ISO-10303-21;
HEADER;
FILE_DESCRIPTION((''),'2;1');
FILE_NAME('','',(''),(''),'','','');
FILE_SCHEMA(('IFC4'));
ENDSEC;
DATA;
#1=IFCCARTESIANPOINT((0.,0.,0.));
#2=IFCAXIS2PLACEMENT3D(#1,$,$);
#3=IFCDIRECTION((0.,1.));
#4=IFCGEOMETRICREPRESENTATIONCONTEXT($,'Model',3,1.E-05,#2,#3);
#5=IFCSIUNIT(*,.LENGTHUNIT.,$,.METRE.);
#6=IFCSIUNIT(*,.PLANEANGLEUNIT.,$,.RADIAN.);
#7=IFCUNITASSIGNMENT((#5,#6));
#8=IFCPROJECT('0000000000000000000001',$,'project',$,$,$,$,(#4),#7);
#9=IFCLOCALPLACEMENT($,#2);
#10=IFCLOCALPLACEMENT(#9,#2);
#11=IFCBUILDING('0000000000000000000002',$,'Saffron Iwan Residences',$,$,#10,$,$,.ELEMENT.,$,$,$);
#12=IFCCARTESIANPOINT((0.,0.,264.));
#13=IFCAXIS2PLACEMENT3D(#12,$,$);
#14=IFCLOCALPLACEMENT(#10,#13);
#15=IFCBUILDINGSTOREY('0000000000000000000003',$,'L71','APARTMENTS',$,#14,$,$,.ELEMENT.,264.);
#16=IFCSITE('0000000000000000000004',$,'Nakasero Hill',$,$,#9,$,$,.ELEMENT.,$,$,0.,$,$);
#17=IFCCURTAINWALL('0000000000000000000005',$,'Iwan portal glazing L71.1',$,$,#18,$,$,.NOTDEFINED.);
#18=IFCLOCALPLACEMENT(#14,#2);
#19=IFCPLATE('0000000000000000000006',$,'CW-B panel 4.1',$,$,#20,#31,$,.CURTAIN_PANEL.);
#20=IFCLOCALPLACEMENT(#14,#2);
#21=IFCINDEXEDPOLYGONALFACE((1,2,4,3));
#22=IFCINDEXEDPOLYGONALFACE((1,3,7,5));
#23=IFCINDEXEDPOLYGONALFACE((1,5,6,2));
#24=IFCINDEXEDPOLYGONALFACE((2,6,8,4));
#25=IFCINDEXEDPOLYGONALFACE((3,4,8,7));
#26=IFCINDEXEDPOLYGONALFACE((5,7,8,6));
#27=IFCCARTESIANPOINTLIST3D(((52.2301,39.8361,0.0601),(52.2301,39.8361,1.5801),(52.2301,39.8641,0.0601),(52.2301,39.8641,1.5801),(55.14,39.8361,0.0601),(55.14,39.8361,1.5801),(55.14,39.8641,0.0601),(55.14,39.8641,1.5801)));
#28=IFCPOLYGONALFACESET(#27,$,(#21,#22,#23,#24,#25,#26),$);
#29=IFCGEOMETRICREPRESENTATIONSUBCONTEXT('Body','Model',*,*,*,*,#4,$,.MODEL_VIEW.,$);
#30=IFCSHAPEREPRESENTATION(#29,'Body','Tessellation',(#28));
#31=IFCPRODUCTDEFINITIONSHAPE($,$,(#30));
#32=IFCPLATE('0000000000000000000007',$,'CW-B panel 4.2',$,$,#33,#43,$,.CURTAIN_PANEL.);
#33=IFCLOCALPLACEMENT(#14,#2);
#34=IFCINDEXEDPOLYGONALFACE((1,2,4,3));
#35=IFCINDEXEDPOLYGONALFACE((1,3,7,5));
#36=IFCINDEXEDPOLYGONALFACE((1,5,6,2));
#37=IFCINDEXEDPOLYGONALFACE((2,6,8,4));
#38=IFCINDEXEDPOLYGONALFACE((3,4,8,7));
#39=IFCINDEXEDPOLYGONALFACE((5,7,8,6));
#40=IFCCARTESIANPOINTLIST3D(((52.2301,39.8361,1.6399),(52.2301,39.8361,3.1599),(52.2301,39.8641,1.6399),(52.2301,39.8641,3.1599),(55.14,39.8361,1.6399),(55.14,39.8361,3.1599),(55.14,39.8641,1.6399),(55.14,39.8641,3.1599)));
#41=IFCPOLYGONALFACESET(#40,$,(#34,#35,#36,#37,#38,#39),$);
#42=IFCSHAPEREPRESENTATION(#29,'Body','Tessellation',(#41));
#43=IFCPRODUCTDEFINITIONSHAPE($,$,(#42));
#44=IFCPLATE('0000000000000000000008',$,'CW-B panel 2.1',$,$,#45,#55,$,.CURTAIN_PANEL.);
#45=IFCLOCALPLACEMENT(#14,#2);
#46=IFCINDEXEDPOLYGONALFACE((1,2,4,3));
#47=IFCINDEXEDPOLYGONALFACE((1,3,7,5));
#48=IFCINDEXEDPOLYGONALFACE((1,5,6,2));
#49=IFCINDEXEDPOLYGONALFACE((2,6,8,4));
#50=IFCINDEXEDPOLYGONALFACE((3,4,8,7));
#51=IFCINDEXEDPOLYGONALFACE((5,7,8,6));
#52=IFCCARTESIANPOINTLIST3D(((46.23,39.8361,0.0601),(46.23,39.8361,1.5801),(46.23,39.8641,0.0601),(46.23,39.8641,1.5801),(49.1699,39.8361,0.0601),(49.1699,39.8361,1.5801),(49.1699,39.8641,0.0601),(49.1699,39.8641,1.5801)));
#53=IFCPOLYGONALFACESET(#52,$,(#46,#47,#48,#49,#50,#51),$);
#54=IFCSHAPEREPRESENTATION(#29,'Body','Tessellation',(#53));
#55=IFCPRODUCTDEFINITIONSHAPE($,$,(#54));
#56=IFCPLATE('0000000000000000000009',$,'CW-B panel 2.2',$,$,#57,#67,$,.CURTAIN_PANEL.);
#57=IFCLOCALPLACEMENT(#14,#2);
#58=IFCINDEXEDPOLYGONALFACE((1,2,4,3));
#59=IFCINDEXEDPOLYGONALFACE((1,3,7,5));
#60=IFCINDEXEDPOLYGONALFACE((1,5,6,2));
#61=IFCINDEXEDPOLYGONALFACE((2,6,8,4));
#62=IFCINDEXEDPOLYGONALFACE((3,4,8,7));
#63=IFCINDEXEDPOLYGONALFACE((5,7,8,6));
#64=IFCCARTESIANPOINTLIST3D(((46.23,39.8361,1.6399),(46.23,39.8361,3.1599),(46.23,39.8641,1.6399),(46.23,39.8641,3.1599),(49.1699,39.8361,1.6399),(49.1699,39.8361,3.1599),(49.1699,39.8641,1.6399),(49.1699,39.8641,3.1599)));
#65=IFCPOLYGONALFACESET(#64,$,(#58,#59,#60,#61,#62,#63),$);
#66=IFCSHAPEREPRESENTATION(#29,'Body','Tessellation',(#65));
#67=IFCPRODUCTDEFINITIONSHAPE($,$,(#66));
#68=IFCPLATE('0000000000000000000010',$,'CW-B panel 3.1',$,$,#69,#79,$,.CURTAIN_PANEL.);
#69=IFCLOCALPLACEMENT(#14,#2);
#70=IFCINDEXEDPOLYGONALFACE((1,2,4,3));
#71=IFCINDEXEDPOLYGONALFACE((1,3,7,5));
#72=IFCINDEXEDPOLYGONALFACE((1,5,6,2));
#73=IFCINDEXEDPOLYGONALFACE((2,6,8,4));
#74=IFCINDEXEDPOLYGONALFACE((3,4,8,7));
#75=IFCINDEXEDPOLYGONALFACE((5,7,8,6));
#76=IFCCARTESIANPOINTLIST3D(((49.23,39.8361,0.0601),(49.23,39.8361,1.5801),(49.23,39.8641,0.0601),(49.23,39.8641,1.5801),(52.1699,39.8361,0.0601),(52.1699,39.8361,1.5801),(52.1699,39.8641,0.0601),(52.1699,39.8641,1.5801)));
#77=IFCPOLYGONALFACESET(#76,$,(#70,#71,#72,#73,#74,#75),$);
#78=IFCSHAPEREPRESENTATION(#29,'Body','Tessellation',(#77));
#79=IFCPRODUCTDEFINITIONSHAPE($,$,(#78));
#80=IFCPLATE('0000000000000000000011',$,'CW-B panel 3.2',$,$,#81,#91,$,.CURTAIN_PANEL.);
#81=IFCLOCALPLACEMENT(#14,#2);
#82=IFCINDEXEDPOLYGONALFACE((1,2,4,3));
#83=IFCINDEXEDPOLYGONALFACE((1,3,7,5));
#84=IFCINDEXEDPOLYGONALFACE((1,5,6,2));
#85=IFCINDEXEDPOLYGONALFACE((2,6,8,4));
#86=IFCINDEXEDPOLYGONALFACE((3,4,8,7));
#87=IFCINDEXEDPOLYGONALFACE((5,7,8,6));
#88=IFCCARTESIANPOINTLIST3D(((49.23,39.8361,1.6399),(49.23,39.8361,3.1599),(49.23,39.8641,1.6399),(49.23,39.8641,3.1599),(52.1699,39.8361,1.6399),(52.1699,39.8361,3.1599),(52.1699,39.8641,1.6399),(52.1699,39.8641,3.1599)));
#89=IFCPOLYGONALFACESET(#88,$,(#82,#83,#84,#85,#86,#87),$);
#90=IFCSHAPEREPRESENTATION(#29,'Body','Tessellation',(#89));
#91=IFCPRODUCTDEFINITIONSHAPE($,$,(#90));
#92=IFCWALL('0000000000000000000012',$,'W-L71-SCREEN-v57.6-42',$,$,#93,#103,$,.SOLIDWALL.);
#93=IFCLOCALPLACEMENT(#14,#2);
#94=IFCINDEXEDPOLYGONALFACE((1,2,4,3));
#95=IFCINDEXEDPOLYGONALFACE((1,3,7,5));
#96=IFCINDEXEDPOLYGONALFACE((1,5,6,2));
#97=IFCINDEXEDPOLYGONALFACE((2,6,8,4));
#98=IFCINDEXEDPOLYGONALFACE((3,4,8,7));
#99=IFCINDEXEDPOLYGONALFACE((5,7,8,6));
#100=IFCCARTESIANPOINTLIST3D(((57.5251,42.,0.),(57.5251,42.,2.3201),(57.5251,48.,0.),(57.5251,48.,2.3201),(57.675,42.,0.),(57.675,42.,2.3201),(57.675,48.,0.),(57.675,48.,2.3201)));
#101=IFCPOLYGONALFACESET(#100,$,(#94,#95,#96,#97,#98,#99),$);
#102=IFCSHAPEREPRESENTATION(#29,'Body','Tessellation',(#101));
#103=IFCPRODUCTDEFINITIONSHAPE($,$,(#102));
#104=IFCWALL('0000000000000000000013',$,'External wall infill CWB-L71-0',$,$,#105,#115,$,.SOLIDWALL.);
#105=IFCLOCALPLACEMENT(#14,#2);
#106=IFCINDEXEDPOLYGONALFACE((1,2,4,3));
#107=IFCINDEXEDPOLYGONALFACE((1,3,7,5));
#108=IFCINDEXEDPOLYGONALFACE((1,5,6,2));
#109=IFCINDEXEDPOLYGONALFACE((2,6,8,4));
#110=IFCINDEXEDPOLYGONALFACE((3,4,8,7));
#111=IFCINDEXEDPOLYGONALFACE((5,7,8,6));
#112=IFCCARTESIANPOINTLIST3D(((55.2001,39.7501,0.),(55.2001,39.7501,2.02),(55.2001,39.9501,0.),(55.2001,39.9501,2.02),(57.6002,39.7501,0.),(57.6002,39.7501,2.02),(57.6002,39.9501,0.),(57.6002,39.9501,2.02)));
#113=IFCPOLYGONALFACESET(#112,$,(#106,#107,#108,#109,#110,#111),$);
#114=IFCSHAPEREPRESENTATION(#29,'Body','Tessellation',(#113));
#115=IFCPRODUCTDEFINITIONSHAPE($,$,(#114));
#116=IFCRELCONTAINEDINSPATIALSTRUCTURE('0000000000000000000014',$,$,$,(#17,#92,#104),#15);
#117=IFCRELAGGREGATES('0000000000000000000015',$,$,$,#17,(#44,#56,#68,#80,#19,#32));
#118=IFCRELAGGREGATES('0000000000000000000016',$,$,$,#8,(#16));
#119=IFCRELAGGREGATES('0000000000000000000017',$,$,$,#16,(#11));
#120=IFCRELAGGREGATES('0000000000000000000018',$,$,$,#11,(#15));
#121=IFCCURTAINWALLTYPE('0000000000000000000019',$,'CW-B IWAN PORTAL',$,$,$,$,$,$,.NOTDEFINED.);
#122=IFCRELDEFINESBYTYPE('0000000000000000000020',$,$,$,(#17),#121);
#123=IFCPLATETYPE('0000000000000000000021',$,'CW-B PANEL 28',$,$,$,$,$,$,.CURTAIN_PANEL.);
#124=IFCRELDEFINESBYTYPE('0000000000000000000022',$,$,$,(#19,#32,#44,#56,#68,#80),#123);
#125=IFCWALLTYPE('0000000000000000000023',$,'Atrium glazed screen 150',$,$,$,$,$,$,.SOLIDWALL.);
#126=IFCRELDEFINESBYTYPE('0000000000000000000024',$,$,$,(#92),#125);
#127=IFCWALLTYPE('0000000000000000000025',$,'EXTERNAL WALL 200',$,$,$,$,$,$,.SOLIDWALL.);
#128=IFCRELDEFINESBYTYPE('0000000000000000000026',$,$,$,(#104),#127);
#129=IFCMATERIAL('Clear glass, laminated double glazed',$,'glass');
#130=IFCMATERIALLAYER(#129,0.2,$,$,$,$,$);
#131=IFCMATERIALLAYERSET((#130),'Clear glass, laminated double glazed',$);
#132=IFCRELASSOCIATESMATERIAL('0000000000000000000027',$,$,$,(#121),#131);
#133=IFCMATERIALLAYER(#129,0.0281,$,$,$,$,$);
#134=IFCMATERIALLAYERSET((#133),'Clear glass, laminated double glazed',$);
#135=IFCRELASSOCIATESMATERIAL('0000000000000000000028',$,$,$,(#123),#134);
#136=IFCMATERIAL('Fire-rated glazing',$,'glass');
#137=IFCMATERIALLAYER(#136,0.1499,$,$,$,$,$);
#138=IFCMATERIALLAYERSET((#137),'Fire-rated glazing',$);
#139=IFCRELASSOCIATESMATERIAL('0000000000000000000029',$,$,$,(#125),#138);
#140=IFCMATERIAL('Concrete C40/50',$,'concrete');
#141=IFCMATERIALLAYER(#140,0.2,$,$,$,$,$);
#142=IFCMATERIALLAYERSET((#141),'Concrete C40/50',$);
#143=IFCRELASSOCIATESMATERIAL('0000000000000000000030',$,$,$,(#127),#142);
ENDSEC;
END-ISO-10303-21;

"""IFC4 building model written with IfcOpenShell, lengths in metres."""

from ifc_helpers import new_model, si_unit, direction, frame, frame_2d, origin, origin_2d, place, context, subcontext, project, spatial, rectangle, extrude, source, transform, mapped, material, layer, layer_set, type_object, element, aggregate, save


model = new_model("IFC4")

# Units and contexts
model_context = context("Model", 3, precision=1e-05, world=origin(), true_north=direction((0.0, 1.0)))
body_context = subcontext(model_context, "Body", "Model", "MODEL_VIEW")
ifc_project = project(units=[si_unit("LENGTHUNIT", "METRE"), si_unit("PLANEANGLEUNIT", "RADIAN")], contexts=[model_context])

# Site, building, storey
site_placement = place(None, origin())
site = spatial("IfcSite", under=ifc_project, at=site_placement, Name="Nakasero Hill", CompositionType="ELEMENT", RefElevation=0.0)
building_placement = place(site_placement, origin())
building = spatial("IfcBuilding", under=site, at=building_placement, Name="Saffron Iwan Residences", CompositionType="ELEMENT")
storey_placement = place(building_placement, frame((0.0, 0.0, 264.0)))
storey = spatial("IfcBuildingStorey", under=building, at=storey_placement, Name="L71", Description="APARTMENTS", CompositionType="ELEMENT", Elevation=264.0)

# Shared definitions
ifc_material_1 = material(Name="Concrete C40/50", Category="concrete")

# Curtain wall, plates
ifc_material_2 = material(Name="Clear glass, laminated double glazed", Category="glass")
ifc_layer_1 = layer(ifc_material_2, 0.2)
ifc_layer_set_1 = layer_set([ifc_layer_1], Name="Clear glass, laminated double glazed")
curtain_wall_type = type_object("IfcCurtainWallType", Name="CW-B IWAN PORTAL", PredefinedType="NOTDEFINED", material=ifc_layer_set_1)
curtain_wall_placement = place(storey_placement, origin())
curtain_wall = element("IfcCurtainWall", 1, at=curtain_wall_placement, inside=storey, type_object=curtain_wall_type, Name="Iwan portal glazing L71.1", PredefinedType="NOTDEFINED")
ifc_layer_2 = layer(ifc_material_2, 0.0281)
ifc_layer_set_2 = layer_set([ifc_layer_2], Name="Clear glass, laminated double glazed")
plate_type = type_object("IfcPlateType", Name="CW-B PANEL 28", PredefinedType="CURTAIN_PANEL", material=ifc_layer_set_2)
shared_shape_1 = source(origin(), body_context, "Body", "SweptSolid", [
    extrude(rectangle(XDim=2.9099, YDim=0.0281, at=origin_2d()), origin(), (0.0, 0.0, 1.0), 1.52),
])
plate_1_placement = place(storey_placement, frame((53.6851, 39.8501, 0.0601), z_axis=(0.0, 0.0, 1.0), x_axis=(1.0, 0.0, 0.0)))
plate_1 = element("IfcPlate", 2, at=plate_1_placement, type_object=plate_type, Name="CW-B panel 4.1", PredefinedType="CURTAIN_PANEL", context=body_context, shape_type="MappedRepresentation", body=[
    mapped(shared_shape_1, transform((0.0, 0.0, 0.0))),
])
plate_2_placement = place(storey_placement, frame((53.6851, 39.8501, 1.6399), z_axis=(0.0, 0.0, 1.0), x_axis=(1.0, 0.0, 0.0)))
plate_2 = element("IfcPlate", 3, at=plate_2_placement, type_object=plate_type, Name="CW-B panel 4.2", PredefinedType="CURTAIN_PANEL", context=body_context, shape_type="MappedRepresentation", body=[
    mapped(shared_shape_1, transform((0.0, 0.0, 0.0))),
])
shared_shape_2 = source(origin(), body_context, "Body", "SweptSolid", [
    extrude(rectangle(XDim=2.9399, YDim=0.0281, at=origin_2d()), origin(), (0.0, 0.0, 1.0), 1.52),
])
plate_3_placement = place(storey_placement, frame((47.7, 39.8501, 0.0601), z_axis=(0.0, 0.0, 1.0), x_axis=(1.0, 0.0, 0.0)))
plate_3 = element("IfcPlate", 4, at=plate_3_placement, type_object=plate_type, Name="CW-B panel 2.1", PredefinedType="CURTAIN_PANEL", context=body_context, shape_type="MappedRepresentation", body=[
    mapped(shared_shape_2, transform((0.0, 0.0, 0.0))),
])
plate_4_placement = place(storey_placement, frame((47.7, 39.8501, 1.6399), z_axis=(0.0, 0.0, 1.0), x_axis=(1.0, 0.0, 0.0)))
plate_4 = element("IfcPlate", 5, at=plate_4_placement, type_object=plate_type, Name="CW-B panel 2.2", PredefinedType="CURTAIN_PANEL", context=body_context, shape_type="MappedRepresentation", body=[
    mapped(shared_shape_2, transform((0.0, 0.0, 0.0))),
])
plate_5_placement = place(storey_placement, frame((50.7, 39.8501, 0.0601), z_axis=(0.0, 0.0, 1.0), x_axis=(1.0, 0.0, 0.0)))
plate_5 = element("IfcPlate", 6, at=plate_5_placement, type_object=plate_type, Name="CW-B panel 3.1", PredefinedType="CURTAIN_PANEL", context=body_context, shape_type="MappedRepresentation", body=[
    mapped(shared_shape_2, transform((0.0, 0.0, 0.0))),
])
plate_6_placement = place(storey_placement, frame((50.7, 39.8501, 1.6399), z_axis=(0.0, 0.0, 1.0), x_axis=(1.0, 0.0, 0.0)))
plate_6 = element("IfcPlate", 7, at=plate_6_placement, type_object=plate_type, Name="CW-B panel 3.2", PredefinedType="CURTAIN_PANEL", context=body_context, shape_type="MappedRepresentation", body=[
    mapped(shared_shape_2, transform((0.0, 0.0, 0.0))),
])
aggregate(curtain_wall, [plate_3, plate_4, plate_5, plate_6, plate_1, plate_2])

# Walls
ifc_material_3 = material(Name="Fire-rated glazing", Category="glass")
ifc_layer_3 = layer(ifc_material_3, 0.1499)
ifc_layer_set_3 = layer_set([ifc_layer_3], Name="Fire-rated glazing")
wall_type_1 = type_object("IfcWallType", Name="Atrium glazed screen 150", PredefinedType="SOLIDWALL", material=ifc_layer_set_3)
wall_1_placement = place(storey_placement, frame((57.6001, 42.0, 0.0), z_axis=(0.0, 0.0, 1.0), x_axis=(0.0, 1.0, 0.0)))
element("IfcWall", 8, at=wall_1_placement, inside=storey, type_object=wall_type_1, Name="W-L71-SCREEN-v57.6-42", PredefinedType="SOLIDWALL", context=body_context, shape_type="SweptSolid", body=[
    extrude(rectangle(XDim=6.0, YDim=0.1499, at=frame_2d((3.0, 0.0))), origin(), (0.0, 0.0, 1.0), 2.3201),
])
ifc_layer_4 = layer(ifc_material_1, 0.2)
ifc_layer_set_4 = layer_set([ifc_layer_4], Name="Concrete C40/50")
wall_type_2 = type_object("IfcWallType", Name="EXTERNAL WALL 200", PredefinedType="SOLIDWALL", material=ifc_layer_set_4)
wall_2_placement = place(storey_placement, frame((55.2, 39.8501, 0.0), z_axis=(0.0, 0.0, 1.0), x_axis=(1.0, 0.0, 0.0)))
element("IfcWall", 9, at=wall_2_placement, inside=storey, type_object=wall_type_2, Name="External wall infill CWB-L71-0", PredefinedType="SOLIDWALL", context=body_context, shape_type="SweptSolid", body=[
    extrude(rectangle(XDim=2.4001, YDim=0.2, at=frame_2d((1.2002, 0.0))), origin(), (0.0, 0.0, 1.0), 2.02),
])

save(model, "model.ifc")
